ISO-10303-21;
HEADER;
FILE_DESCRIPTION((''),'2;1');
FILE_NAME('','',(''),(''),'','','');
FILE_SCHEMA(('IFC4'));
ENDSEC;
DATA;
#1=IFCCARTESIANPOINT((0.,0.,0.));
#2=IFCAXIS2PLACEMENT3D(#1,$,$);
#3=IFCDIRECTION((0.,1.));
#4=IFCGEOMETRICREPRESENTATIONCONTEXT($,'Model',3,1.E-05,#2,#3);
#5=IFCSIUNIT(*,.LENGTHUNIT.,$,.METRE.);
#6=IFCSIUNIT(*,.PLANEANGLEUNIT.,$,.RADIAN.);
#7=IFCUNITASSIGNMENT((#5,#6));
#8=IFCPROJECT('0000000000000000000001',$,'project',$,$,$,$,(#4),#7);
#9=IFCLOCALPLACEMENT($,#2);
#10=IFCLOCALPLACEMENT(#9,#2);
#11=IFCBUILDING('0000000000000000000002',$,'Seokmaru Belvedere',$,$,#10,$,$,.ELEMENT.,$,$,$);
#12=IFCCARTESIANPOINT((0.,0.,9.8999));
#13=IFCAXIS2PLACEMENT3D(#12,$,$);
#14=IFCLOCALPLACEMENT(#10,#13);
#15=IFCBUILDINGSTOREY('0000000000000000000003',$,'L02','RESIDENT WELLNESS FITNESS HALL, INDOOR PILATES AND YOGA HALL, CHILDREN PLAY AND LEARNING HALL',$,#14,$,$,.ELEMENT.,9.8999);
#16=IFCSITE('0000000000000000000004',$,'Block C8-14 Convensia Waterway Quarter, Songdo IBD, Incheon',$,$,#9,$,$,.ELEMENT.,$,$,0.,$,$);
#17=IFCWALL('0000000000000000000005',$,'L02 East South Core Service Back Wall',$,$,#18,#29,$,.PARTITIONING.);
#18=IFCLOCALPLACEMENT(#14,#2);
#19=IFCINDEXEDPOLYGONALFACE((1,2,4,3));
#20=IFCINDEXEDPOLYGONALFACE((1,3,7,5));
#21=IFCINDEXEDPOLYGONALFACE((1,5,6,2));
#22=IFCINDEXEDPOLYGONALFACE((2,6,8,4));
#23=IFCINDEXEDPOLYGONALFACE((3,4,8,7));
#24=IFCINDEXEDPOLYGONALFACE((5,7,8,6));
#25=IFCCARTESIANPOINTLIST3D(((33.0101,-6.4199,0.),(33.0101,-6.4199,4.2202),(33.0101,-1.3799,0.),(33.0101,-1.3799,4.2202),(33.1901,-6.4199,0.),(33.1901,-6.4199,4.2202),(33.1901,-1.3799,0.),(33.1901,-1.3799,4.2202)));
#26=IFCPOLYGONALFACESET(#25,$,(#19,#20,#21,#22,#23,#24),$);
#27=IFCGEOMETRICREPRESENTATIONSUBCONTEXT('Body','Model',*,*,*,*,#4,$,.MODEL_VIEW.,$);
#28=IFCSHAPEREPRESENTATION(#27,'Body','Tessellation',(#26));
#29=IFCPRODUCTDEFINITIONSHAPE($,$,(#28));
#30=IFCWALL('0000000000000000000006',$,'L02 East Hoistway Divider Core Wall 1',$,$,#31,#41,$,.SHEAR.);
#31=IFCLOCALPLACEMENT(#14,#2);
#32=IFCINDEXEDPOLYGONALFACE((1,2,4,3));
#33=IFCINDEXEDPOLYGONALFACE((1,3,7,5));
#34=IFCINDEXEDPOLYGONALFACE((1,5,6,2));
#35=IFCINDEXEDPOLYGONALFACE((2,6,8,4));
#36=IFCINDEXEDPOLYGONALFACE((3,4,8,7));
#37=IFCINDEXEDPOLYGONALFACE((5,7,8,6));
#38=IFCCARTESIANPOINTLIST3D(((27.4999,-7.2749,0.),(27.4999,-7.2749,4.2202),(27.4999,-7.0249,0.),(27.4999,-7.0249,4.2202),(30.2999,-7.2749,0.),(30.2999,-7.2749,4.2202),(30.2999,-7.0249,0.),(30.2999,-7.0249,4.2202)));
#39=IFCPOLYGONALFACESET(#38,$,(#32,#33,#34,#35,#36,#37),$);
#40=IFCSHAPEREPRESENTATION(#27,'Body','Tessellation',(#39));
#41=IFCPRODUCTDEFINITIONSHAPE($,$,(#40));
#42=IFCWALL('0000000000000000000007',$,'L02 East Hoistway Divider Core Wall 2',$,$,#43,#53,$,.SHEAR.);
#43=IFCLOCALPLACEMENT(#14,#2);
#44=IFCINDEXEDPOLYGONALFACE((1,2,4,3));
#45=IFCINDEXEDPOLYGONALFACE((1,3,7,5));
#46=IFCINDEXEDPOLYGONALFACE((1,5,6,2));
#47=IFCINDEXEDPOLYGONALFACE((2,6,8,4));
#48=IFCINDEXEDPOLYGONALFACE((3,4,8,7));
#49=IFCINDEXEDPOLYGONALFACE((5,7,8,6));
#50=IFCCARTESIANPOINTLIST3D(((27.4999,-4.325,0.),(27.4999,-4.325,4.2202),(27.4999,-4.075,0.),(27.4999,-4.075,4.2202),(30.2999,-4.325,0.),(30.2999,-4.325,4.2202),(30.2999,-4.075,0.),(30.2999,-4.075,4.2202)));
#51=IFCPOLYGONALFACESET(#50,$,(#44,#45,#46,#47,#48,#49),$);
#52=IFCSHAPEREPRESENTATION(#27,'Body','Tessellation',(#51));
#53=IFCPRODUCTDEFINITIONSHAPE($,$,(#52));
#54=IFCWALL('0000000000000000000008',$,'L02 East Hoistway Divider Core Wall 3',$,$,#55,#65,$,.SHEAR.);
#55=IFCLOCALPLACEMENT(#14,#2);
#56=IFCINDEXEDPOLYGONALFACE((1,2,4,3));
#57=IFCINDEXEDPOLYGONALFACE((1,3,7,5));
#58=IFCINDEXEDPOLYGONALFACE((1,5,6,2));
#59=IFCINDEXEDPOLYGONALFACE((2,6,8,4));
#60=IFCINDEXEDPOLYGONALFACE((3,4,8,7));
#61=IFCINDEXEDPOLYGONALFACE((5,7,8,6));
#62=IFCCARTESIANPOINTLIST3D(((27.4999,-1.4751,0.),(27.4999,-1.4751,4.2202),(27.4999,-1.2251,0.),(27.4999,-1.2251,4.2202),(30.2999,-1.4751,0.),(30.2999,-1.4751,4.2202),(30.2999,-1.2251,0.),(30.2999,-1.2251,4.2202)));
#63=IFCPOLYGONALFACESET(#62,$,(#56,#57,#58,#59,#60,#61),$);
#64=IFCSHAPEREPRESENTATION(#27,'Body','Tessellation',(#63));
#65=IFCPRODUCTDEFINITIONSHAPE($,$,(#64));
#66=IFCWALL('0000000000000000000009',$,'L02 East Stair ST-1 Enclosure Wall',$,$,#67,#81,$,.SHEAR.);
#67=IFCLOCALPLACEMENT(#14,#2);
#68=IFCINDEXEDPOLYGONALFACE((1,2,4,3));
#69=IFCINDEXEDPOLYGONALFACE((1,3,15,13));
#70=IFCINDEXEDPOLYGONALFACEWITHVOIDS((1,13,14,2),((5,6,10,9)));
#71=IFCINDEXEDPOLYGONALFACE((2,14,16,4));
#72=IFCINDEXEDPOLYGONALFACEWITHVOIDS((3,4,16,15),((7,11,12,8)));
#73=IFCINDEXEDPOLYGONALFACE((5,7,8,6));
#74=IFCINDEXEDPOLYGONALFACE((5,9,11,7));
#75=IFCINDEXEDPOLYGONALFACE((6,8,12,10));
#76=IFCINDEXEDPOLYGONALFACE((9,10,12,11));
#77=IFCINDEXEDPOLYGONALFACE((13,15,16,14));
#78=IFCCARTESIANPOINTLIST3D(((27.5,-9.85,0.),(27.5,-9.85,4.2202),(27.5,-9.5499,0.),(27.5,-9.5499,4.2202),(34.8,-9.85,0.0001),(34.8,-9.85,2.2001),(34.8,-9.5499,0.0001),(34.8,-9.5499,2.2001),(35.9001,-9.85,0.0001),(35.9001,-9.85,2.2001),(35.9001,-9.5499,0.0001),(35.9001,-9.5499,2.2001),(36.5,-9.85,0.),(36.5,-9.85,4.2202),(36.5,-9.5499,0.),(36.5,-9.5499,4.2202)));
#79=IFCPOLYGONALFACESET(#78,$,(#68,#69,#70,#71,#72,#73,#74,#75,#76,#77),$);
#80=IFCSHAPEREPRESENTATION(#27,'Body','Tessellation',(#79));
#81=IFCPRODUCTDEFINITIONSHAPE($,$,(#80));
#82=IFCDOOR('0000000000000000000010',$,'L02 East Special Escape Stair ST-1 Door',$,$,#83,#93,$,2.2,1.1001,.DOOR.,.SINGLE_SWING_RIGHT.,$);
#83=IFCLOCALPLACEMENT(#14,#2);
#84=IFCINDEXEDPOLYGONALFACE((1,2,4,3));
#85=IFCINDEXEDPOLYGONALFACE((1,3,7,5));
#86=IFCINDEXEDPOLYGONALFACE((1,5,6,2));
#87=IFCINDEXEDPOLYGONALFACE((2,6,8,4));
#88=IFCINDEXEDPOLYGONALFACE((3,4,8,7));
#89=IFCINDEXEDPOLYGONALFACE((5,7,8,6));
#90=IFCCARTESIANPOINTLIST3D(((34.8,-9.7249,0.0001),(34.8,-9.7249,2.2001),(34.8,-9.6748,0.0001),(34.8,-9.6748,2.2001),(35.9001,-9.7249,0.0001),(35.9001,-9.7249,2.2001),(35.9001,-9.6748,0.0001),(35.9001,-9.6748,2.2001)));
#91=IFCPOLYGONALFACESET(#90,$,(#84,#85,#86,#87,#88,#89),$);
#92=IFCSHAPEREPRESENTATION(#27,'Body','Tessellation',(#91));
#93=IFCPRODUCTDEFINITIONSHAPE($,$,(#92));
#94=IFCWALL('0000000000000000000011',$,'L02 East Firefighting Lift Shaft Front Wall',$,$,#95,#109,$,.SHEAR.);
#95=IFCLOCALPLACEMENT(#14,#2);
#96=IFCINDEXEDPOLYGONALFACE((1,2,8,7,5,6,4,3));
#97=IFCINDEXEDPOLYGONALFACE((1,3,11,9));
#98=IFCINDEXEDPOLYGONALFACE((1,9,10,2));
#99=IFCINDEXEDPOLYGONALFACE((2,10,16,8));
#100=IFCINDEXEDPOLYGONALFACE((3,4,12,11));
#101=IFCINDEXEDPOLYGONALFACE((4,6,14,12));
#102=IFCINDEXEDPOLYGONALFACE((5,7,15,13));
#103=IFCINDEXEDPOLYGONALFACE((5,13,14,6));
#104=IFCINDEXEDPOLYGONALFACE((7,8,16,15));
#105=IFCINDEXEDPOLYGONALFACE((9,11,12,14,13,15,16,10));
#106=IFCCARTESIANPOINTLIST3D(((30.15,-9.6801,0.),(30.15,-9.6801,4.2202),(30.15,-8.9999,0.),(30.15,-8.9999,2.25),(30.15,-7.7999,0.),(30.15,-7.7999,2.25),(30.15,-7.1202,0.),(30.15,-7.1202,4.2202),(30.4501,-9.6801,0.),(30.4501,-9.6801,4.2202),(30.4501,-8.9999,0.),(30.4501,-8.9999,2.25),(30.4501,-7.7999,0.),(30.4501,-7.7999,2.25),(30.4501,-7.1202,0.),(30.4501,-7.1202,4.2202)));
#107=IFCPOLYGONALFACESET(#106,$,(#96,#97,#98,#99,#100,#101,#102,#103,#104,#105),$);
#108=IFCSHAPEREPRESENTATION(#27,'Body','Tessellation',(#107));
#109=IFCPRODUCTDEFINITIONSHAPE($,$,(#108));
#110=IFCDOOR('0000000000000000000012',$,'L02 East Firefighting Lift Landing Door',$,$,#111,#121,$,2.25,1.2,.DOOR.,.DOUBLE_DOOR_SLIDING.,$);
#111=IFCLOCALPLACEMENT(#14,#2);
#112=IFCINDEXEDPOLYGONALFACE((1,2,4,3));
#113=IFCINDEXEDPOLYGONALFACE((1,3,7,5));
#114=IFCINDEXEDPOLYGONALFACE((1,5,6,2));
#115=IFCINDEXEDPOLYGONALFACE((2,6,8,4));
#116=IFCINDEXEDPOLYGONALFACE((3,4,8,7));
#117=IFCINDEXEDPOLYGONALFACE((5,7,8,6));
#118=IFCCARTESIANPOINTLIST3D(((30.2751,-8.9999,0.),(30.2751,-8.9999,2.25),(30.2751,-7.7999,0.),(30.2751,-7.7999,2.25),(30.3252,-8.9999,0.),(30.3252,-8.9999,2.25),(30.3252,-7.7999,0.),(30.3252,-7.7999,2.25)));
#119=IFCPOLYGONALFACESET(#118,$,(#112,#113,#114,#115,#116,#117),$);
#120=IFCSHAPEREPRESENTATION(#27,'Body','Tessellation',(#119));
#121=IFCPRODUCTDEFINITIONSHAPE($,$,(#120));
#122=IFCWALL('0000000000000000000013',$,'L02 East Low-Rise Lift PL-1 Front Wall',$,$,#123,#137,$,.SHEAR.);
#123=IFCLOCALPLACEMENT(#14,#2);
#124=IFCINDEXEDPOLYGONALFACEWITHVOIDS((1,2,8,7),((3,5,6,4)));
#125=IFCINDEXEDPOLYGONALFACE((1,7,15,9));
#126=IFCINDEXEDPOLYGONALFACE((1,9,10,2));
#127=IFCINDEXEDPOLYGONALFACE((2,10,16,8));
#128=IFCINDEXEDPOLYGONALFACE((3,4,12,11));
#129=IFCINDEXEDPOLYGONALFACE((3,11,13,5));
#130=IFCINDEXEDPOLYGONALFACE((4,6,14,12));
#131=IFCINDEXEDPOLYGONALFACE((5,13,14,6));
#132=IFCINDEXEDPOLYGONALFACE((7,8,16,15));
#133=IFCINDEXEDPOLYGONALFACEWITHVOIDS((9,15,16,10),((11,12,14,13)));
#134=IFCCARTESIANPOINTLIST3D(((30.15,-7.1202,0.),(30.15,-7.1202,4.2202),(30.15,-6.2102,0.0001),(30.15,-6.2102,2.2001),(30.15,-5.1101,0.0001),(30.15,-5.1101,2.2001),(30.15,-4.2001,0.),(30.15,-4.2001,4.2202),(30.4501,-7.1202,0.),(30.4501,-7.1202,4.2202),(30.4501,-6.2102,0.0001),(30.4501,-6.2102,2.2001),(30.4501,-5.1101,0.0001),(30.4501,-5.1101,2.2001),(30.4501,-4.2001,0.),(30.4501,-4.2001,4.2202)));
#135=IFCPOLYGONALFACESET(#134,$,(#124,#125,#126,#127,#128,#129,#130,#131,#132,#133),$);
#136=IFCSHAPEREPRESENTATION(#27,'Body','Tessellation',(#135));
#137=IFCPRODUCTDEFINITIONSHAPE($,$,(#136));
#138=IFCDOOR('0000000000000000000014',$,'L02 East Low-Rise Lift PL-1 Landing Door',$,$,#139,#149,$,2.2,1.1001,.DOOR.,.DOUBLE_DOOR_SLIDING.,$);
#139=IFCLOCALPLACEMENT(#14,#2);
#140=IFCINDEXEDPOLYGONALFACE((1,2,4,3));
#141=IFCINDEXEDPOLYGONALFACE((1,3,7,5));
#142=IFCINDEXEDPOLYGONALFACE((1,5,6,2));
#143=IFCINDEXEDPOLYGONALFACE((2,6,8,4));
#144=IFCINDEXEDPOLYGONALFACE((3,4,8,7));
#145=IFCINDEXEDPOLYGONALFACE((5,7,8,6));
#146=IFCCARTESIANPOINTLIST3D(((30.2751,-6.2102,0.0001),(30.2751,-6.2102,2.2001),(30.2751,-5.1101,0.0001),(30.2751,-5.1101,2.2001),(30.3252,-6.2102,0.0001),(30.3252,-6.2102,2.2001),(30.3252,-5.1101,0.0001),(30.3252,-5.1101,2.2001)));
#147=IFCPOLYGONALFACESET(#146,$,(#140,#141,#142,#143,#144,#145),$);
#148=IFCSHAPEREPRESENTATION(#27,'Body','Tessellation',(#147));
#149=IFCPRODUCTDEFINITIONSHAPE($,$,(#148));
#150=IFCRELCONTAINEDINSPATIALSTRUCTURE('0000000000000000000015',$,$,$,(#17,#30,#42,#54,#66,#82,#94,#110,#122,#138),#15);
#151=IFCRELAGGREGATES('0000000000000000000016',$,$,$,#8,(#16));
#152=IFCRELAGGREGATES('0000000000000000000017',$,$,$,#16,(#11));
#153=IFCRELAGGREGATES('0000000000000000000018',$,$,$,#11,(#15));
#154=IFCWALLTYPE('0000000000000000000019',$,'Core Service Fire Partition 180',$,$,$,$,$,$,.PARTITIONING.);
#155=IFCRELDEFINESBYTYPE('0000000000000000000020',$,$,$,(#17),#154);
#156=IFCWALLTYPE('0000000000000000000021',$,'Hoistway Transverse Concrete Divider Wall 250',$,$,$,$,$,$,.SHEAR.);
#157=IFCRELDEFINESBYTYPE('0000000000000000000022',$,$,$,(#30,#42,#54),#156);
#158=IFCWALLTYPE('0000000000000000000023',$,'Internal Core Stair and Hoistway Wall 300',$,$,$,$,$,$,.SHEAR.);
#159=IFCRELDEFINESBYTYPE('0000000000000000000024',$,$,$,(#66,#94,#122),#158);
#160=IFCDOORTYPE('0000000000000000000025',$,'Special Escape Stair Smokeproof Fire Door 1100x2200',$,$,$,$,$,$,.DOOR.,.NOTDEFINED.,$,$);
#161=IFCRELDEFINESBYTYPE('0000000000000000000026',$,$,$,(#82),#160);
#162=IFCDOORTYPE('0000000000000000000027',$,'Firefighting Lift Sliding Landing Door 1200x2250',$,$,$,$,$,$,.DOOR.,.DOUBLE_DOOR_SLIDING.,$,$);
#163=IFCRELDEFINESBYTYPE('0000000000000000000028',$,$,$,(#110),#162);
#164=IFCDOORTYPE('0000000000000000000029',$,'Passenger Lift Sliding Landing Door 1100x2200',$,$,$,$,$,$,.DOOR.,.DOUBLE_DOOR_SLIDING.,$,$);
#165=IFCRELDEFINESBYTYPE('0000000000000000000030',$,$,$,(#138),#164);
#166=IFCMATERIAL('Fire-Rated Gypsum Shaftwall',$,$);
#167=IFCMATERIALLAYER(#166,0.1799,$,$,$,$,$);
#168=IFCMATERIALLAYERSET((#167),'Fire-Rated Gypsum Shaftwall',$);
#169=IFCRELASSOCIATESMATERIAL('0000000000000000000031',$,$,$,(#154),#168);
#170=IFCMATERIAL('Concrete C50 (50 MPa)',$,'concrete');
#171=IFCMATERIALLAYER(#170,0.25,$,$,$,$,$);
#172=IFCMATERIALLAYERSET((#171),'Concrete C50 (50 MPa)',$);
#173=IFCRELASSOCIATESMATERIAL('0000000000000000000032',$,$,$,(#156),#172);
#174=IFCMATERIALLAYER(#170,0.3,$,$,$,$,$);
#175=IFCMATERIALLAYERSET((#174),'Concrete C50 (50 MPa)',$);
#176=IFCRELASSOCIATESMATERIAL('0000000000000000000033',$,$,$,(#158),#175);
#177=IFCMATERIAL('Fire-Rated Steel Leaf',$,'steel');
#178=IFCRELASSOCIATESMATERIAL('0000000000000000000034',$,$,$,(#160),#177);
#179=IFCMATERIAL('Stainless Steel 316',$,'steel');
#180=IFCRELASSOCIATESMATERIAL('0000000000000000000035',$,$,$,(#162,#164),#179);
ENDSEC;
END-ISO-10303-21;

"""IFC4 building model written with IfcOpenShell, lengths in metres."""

from ifc_helpers import new_model, si_unit, direction, frame, frame_2d, origin, place, context, subcontext, project, spatial, rectangle, extrude, source, transform, mapped, material, layer, layer_set, type_object, type_shapes, element, fill, save


model = new_model("IFC4")

# Units and contexts
model_context = context("Model", 3, precision=1e-05, world=origin(), true_north=direction((0.0, 1.0)))
body_context = subcontext(model_context, "Body", "Model", "MODEL_VIEW")
ifc_project = project(units=[si_unit("LENGTHUNIT", "METRE"), si_unit("PLANEANGLEUNIT", "RADIAN")], contexts=[model_context])

# Site, building, storey
site_placement = place(None, origin())
site = spatial("IfcSite", under=ifc_project, at=site_placement, Name="Block C8-14 Convensia Waterway Quarter, Songdo IBD, Incheon", CompositionType="ELEMENT", RefElevation=0.0)
building_placement = place(site_placement, origin())
building = spatial("IfcBuilding", under=site, at=building_placement, Name="Seokmaru Belvedere", CompositionType="ELEMENT")
storey_placement = place(building_placement, frame((0.0, 0.0, 9.8999)))
storey = spatial("IfcBuildingStorey", under=building, at=storey_placement, Name="L02", Description="RESIDENT WELLNESS FITNESS HALL, INDOOR PILATES AND YOGA HALL, CHILDREN PLAY AND LEARNING HALL", CompositionType="ELEMENT", Elevation=9.8999)

# Shared definitions
ifc_material_1 = material(Name="Concrete C50 (50 MPa)", Category="concrete")

# Walls
ifc_material_2 = material(Name="Fire-Rated Gypsum Shaftwall")
ifc_layer_1 = layer(ifc_material_2, 0.1799)
ifc_layer_set_1 = layer_set([ifc_layer_1], Name="Fire-Rated Gypsum Shaftwall")
wall_type_1 = type_object("IfcWallType", Name="Core Service Fire Partition 180", PredefinedType="PARTITIONING", material=ifc_layer_set_1)
wall_1_placement = place(storey_placement, frame((33.1001, -6.4199, 0.0), z_axis=(0.0, 0.0, 1.0), x_axis=(0.0, 1.0, 0.0)))
element("IfcWall", 1, at=wall_1_placement, inside=storey, type_object=wall_type_1, Name="L02 East South Core Service Back Wall", PredefinedType="PARTITIONING", context=body_context, shape_type="SweptSolid", body=[
    extrude(rectangle(XDim=5.04, YDim=0.1799, at=frame_2d((2.52, 0.0))), origin(), (0.0, 0.0, 1.0), 4.2202),
])
ifc_layer_2 = layer(ifc_material_1, 0.25)
ifc_layer_set_2 = layer_set([ifc_layer_2], Name="Concrete C50 (50 MPa)")
wall_type_2 = type_object("IfcWallType", Name="Hoistway Transverse Concrete Divider Wall 250", PredefinedType="SHEAR", material=ifc_layer_set_2)
for number, where, z_axis, x_axis, name in (
    (2, (27.5, -7.1499, 0.0), (0.0, 0.0, 1.0), (1.0, 0.0, 0.0), "L02 East Hoistway Divider Core Wall 1"),
    (3, (27.5, -4.2, 0.0), (0.0, 0.0, 1.0), (1.0, 0.0, 0.0), "L02 East Hoistway Divider Core Wall 2"),
    (4, (27.5, -1.3501, 0.0), (0.0, 0.0, 1.0), (1.0, 0.0, 0.0), "L02 East Hoistway Divider Core Wall 3"),
):
    element("IfcWall", number, at=place(storey_placement, frame(where, z_axis=z_axis, x_axis=x_axis)), inside=storey, type_object=wall_type_2, Name=name, PredefinedType="SHEAR", context=body_context, shape_type="SweptSolid", body=[
        extrude(rectangle(XDim=2.8, YDim=0.25, at=frame_2d((1.3999, 0.0))), origin(), (0.0, 0.0, 1.0), 4.2202),
    ])

# Walls, openings, doors
ifc_layer_3 = layer(ifc_material_1, 0.3)
ifc_layer_set_3 = layer_set([ifc_layer_3], Name="Concrete C50 (50 MPa)")
wall_type_3 = type_object("IfcWallType", Name="Internal Core Stair and Hoistway Wall 300", PredefinedType="SHEAR", material=ifc_layer_set_3)
wall_2_placement = place(storey_placement, frame((27.5, -9.7, 0.0), z_axis=(0.0, 0.0, 1.0), x_axis=(1.0, 0.0, 0.0)))
wall_2 = element("IfcWall", 5, at=wall_2_placement, inside=storey, type_object=wall_type_3, Name="L02 East Stair ST-1 Enclosure Wall", PredefinedType="SHEAR", context=body_context, shape_type="SweptSolid", body=[
    extrude(rectangle(XDim=9.0, YDim=0.3, at=frame_2d((4.5, 0.0))), origin(), (0.0, 0.0, 1.0), 4.2202),
])
opening_1_placement = place(wall_2_placement, frame((7.3, 0.0, 0.0)))
opening_1 = element("IfcOpeningElement", 6, at=opening_1_placement, cuts=wall_2, PredefinedType="OPENING", context=body_context, shape_type="SweptSolid", body=[
    extrude(rectangle(XDim=1.1001, YDim=2.2, at=frame_2d((0.55, 1.1001))), frame((0.0, 0.1602, 0.0), z_axis=(0.0, -1.0, 0.0), x_axis=(1.0, 0.0, 0.0)), (0.0, 0.0, 1.0), 0.3201),
])
ifc_material_3 = material(Name="Fire-Rated Steel Leaf", Category="steel")
door_type_1 = type_object("IfcDoorType", Name="Special Escape Stair Smokeproof Fire Door 1100x2200", OperationType="NOTDEFINED", PredefinedType="DOOR", material=ifc_material_3)
shared_shape_1 = source(origin(), body_context, "Body", "SweptSolid", [
    extrude(rectangle(XDim=1.1001, YDim=2.2, at=frame_2d((0.55, 1.1001))), frame((0.0, 0.0249, 0.0), z_axis=(0.0, -1.0, 0.0), x_axis=(1.0, 0.0, 0.0)), (0.0, 0.0, 1.0), 0.05),
])
type_shapes(door_type_1, [shared_shape_1])
door_1_placement = place(opening_1_placement, frame((1.1001, 0.0, 0.0), z_axis=(0.0, 0.0, 1.0), x_axis=(-1.0, 0.0, 0.0)))
door_1 = element("IfcDoor", 7, at=door_1_placement, inside=storey, type_object=door_type_1, Name="L02 East Special Escape Stair ST-1 Door", OperationType="SINGLE_SWING_RIGHT", OverallHeight=2.2, OverallWidth=1.1001, PredefinedType="DOOR", context=body_context, shape_type="MappedRepresentation", body=[
    mapped(shared_shape_1, transform((0.0, 0.0, 0.0), scale=1.0)),
])
fill(opening_1, door_1)
wall_3_placement = place(storey_placement, frame((30.3, -9.6799, 0.0), z_axis=(0.0, 0.0, 1.0), x_axis=(0.0, 1.0, 0.0)))
wall_3 = element("IfcWall", 8, at=wall_3_placement, inside=storey, type_object=wall_type_3, Name="L02 East Firefighting Lift Shaft Front Wall", PredefinedType="SHEAR", context=body_context, shape_type="SweptSolid", body=[
    extrude(rectangle(XDim=2.5598, YDim=0.3, at=frame_2d((1.2798, 0.0))), origin(), (0.0, 0.0, 1.0), 4.2202),
])
opening_2_placement = place(wall_3_placement, frame((0.6799, 0.0, 0.0)))
opening_2 = element("IfcOpeningElement", 9, at=opening_2_placement, cuts=wall_3, PredefinedType="OPENING", context=body_context, shape_type="SweptSolid", body=[
    extrude(rectangle(XDim=1.2, YDim=2.25, at=frame_2d((0.6001, 1.125))), frame((0.0, 0.1602, 0.0), z_axis=(0.0, -1.0, 0.0), x_axis=(1.0, 0.0, 0.0)), (0.0, 0.0, 1.0), 0.3201),
])
ifc_material_4 = material(Name="Stainless Steel 316", Category="steel")
door_type_2 = type_object("IfcDoorType", Name="Firefighting Lift Sliding Landing Door 1200x2250", OperationType="DOUBLE_DOOR_SLIDING", PredefinedType="DOOR", material=ifc_material_4)
shared_shape_2 = source(origin(), body_context, "Body", "SweptSolid", [
    extrude(rectangle(XDim=1.2, YDim=2.25, at=frame_2d((0.6001, 1.125))), frame((0.0, 0.0249, 0.0), z_axis=(0.0, -1.0, 0.0), x_axis=(1.0, 0.0, 0.0)), (0.0, 0.0, 1.0), 0.05),
])
type_shapes(door_type_2, [shared_shape_2])
door_2_placement = place(opening_2_placement, origin())
door_2 = element("IfcDoor", 10, at=door_2_placement, inside=storey, type_object=door_type_2, Name="L02 East Firefighting Lift Landing Door", OperationType="DOUBLE_DOOR_SLIDING", OverallHeight=2.25, OverallWidth=1.2, PredefinedType="DOOR", context=body_context, shape_type="MappedRepresentation", body=[
    mapped(shared_shape_2, transform((0.0, 0.0, 0.0), scale=1.0)),
])
fill(opening_2, door_2)
wall_4_placement = place(storey_placement, frame((30.3, -7.1201, 0.0), z_axis=(0.0, 0.0, 1.0), x_axis=(0.0, 1.0, 0.0)))
wall_4 = element("IfcWall", 11, at=wall_4_placement, inside=storey, type_object=wall_type_3, Name="L02 East Low-Rise Lift PL-1 Front Wall", PredefinedType="SHEAR", context=body_context, shape_type="SweptSolid", body=[
    extrude(rectangle(XDim=2.9202, YDim=0.3, at=frame_2d((1.46, 0.0))), origin(), (0.0, 0.0, 1.0), 4.2202),
])
opening_3_placement = place(wall_4_placement, frame((0.9099, 0.0, 0.0)))
opening_3 = element("IfcOpeningElement", 12, at=opening_3_placement, cuts=wall_4, PredefinedType="OPENING", context=body_context, shape_type="SweptSolid", body=[
    extrude(rectangle(XDim=1.1001, YDim=2.2, at=frame_2d((0.55, 1.1001))), frame((0.0, 0.1602, 0.0), z_axis=(0.0, -1.0, 0.0), x_axis=(1.0, 0.0, 0.0)), (0.0, 0.0, 1.0), 0.3201),
])
door_type_3 = type_object("IfcDoorType", Name="Passenger Lift Sliding Landing Door 1100x2200", OperationType="DOUBLE_DOOR_SLIDING", PredefinedType="DOOR", material=ifc_material_4)
shared_shape_3 = source(origin(), body_context, "Body", "SweptSolid", [
    extrude(rectangle(XDim=1.1001, YDim=2.2, at=frame_2d((0.55, 1.1001))), frame((0.0, 0.0249, 0.0), z_axis=(0.0, -1.0, 0.0), x_axis=(1.0, 0.0, 0.0)), (0.0, 0.0, 1.0), 0.05),
])
type_shapes(door_type_3, [shared_shape_3])
door_3_placement = place(opening_3_placement, origin())
door_3 = element("IfcDoor", 13, at=door_3_placement, inside=storey, type_object=door_type_3, Name="L02 East Low-Rise Lift PL-1 Landing Door", OperationType="DOUBLE_DOOR_SLIDING", OverallHeight=2.2, OverallWidth=1.1001, PredefinedType="DOOR", context=body_context, shape_type="MappedRepresentation", body=[
    mapped(shared_shape_3, transform((0.0, 0.0, 0.0), scale=1.0)),
])
fill(opening_3, door_3)

save(model, "model.ifc")
